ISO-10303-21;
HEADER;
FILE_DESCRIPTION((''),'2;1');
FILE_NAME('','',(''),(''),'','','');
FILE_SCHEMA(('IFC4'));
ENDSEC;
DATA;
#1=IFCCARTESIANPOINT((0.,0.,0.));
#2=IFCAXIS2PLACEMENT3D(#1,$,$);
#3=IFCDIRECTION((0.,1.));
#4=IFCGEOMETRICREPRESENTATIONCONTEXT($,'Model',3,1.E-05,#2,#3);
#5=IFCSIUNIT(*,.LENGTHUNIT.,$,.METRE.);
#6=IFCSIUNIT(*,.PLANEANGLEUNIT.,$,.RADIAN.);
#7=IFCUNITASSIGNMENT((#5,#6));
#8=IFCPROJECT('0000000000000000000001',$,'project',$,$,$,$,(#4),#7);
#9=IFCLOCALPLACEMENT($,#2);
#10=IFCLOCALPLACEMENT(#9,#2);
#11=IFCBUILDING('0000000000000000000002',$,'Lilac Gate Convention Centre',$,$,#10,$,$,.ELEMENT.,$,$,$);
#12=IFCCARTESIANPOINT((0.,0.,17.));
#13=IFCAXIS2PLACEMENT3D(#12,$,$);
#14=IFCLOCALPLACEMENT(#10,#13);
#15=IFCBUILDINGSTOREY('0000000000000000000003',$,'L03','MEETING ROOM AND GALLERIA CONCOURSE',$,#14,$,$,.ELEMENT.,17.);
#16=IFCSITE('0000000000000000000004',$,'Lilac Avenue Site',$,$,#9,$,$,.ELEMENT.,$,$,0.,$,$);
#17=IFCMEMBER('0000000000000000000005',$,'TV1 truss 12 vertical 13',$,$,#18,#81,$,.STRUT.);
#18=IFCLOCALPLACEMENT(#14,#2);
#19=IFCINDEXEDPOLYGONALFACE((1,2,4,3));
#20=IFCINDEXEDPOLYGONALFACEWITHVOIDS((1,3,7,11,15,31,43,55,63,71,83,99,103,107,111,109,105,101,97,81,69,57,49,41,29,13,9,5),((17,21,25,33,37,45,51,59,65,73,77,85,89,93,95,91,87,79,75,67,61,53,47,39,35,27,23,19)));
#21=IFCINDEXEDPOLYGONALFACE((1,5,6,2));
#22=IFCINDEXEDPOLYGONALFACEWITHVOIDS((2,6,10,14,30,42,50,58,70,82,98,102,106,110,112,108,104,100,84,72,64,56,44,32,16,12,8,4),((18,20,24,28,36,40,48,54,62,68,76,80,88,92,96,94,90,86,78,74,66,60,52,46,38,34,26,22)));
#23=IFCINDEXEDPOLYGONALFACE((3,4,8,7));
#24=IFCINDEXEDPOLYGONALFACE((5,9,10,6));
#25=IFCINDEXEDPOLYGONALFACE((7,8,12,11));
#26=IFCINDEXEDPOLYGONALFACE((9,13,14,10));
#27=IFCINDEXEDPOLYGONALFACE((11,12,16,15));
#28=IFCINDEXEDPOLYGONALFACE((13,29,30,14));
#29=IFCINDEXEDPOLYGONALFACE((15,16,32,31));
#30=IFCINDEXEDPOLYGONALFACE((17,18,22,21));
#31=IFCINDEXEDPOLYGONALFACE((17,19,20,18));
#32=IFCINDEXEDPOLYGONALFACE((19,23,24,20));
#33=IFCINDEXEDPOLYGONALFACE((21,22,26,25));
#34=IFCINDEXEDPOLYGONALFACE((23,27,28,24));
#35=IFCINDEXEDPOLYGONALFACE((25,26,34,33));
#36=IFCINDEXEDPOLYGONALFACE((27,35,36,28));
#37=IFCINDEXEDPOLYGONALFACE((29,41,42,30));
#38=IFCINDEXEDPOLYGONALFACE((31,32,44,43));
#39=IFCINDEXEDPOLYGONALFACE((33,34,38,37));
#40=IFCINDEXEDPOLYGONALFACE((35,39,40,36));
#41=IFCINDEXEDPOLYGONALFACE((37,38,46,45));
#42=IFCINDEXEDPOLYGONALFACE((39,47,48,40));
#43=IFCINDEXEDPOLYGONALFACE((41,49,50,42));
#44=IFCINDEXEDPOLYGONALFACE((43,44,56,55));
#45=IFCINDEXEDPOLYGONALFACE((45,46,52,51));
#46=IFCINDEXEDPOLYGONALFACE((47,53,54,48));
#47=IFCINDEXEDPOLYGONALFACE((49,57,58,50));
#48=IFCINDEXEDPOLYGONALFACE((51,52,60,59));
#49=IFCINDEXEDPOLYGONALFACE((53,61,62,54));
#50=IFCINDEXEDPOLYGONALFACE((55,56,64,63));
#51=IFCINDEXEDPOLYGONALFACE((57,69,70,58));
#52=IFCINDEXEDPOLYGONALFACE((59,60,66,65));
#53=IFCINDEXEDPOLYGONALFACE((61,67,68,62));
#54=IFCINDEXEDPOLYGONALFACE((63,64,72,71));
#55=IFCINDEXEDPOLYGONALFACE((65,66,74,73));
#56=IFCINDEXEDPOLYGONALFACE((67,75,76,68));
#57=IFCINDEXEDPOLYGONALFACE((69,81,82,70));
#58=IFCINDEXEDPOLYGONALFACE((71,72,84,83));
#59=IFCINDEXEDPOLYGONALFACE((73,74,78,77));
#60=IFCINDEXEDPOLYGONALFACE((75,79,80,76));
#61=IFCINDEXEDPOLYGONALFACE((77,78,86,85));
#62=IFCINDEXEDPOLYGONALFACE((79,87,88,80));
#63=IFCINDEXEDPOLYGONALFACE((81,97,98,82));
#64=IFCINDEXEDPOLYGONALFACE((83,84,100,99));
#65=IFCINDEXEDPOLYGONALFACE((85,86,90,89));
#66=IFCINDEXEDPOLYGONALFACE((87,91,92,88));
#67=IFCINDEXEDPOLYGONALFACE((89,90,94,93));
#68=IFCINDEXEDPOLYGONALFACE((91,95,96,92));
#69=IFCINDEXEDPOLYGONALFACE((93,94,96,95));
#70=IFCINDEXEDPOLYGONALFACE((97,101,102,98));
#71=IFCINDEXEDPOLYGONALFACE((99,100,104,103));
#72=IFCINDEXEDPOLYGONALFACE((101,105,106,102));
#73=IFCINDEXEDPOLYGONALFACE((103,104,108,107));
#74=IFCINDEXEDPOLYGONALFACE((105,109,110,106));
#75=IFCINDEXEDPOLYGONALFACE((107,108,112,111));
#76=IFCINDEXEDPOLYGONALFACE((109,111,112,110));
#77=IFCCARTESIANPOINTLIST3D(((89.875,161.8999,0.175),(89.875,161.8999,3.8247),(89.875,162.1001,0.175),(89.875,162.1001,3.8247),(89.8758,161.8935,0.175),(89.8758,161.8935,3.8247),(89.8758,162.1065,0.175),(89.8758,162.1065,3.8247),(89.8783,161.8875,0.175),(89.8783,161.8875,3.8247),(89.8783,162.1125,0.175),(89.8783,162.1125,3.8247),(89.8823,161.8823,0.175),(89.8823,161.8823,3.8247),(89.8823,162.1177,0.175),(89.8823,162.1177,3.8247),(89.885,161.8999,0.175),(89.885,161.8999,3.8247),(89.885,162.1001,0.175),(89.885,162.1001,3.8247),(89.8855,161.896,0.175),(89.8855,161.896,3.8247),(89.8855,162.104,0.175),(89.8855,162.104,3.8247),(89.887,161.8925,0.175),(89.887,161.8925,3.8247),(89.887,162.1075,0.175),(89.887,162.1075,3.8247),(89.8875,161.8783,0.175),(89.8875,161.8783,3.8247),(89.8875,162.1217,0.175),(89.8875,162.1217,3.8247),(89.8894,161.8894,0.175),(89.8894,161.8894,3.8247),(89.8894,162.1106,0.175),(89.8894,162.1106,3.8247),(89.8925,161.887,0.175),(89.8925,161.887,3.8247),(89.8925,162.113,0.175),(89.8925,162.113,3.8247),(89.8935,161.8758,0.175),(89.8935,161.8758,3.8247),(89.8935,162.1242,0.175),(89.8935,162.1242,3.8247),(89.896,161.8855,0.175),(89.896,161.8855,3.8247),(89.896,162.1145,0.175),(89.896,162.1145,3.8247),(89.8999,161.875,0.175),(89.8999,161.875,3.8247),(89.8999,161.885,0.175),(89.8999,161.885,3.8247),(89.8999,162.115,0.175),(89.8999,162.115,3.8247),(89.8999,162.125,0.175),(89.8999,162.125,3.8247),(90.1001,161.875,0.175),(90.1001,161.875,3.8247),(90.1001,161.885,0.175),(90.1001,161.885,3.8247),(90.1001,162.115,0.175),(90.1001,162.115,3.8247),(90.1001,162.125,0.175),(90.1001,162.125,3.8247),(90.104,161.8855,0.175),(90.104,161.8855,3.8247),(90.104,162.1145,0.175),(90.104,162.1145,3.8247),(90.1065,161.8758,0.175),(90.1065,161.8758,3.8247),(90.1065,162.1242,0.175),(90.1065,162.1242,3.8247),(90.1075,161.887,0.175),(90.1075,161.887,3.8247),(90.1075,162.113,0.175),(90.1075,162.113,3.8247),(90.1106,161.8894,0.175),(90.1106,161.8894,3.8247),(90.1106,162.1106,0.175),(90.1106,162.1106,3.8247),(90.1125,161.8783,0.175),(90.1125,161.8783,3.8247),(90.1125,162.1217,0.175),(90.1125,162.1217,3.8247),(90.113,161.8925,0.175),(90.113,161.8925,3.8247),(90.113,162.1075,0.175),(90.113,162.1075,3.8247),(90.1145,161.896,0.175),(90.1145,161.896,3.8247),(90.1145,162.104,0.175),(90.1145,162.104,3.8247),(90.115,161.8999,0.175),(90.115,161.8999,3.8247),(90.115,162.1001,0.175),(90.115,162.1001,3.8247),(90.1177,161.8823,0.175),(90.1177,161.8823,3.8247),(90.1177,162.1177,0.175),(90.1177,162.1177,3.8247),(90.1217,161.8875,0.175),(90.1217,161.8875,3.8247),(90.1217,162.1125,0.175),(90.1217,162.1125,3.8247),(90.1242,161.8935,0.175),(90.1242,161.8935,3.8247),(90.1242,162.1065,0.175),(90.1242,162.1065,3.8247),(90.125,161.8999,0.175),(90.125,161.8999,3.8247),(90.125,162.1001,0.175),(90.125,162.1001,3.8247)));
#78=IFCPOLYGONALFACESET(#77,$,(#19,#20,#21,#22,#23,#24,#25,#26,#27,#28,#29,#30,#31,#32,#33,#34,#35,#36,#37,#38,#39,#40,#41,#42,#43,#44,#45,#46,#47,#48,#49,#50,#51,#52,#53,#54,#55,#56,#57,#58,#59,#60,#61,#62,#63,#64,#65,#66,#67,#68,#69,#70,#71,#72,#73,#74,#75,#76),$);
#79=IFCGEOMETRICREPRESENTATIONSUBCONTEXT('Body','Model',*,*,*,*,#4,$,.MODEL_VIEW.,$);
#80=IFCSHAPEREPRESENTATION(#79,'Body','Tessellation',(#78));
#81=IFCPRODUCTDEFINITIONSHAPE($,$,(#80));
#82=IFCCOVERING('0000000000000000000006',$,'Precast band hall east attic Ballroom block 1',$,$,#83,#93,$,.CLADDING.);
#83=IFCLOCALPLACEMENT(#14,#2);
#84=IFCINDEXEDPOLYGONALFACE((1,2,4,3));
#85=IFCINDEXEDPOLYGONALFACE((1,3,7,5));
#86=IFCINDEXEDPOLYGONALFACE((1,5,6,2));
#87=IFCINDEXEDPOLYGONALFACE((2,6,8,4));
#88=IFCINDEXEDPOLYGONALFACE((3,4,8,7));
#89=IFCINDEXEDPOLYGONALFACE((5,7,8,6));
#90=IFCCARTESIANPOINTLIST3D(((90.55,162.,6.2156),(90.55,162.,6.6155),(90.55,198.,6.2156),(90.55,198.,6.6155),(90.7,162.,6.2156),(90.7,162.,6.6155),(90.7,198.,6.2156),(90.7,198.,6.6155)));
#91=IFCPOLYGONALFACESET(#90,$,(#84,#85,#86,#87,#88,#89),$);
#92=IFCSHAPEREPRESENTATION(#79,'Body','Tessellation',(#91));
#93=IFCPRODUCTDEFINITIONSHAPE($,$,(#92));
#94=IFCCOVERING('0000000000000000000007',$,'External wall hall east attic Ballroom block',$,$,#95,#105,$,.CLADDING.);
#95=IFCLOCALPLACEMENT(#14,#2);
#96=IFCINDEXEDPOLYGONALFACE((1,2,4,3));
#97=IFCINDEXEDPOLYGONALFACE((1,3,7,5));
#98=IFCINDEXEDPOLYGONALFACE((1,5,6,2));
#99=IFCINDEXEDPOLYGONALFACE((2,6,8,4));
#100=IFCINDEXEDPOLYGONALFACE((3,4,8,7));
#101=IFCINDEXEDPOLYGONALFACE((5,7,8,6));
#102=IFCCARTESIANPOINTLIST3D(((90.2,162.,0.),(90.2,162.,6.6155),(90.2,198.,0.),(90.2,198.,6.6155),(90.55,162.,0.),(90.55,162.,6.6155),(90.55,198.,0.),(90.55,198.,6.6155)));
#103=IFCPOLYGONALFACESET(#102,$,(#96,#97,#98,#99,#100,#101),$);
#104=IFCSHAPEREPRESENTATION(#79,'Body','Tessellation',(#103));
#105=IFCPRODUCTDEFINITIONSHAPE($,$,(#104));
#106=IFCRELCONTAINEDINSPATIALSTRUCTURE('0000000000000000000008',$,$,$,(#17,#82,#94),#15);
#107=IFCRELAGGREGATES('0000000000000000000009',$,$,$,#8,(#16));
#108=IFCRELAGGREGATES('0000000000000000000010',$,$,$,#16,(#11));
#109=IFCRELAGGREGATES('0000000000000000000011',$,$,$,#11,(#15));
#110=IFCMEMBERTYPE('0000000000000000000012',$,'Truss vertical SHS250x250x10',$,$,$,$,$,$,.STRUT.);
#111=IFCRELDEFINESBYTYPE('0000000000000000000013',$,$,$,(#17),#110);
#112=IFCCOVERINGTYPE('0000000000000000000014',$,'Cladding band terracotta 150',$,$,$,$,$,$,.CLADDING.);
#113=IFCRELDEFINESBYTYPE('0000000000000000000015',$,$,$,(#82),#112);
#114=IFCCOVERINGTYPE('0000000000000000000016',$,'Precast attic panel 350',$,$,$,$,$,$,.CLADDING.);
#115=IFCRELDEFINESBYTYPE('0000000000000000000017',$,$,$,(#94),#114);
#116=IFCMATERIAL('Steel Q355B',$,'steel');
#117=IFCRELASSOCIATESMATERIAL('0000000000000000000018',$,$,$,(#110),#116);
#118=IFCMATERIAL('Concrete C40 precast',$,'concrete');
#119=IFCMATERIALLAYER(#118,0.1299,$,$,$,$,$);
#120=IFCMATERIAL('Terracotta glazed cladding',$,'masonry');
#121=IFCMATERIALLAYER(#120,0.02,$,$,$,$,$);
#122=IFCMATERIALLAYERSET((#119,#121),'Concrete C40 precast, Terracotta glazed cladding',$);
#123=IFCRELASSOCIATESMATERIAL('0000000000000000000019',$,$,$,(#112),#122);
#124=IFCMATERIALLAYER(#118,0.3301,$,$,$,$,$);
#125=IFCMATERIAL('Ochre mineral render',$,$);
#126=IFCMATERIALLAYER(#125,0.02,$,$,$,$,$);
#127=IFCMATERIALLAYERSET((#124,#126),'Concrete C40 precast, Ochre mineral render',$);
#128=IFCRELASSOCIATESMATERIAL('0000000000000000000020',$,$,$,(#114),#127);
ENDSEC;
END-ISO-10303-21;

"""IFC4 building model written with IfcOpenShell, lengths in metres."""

from ifc_helpers import new_model, si_unit, direction, frame, frame_2d, origin, origin_2d, place, context, subcontext, project, spatial, rectangle, hollow_rectangle, extrude, material, layer, layer_set, material_profile, profile_set, type_object, element, save


model = new_model("IFC4")

# Units and contexts
model_context = context("Model", 3, precision=1e-05, world=origin(), true_north=direction((0.0, 1.0)))
body_context = subcontext(model_context, "Body", "Model", "MODEL_VIEW")
ifc_project = project(units=[si_unit("LENGTHUNIT", "METRE"), si_unit("PLANEANGLEUNIT", "RADIAN")], contexts=[model_context])

# Site, building, storey
site_placement = place(None, origin())
site = spatial("IfcSite", under=ifc_project, at=site_placement, Name="Lilac Avenue Site", CompositionType="ELEMENT", RefElevation=0.0)
building_placement = place(site_placement, origin())
building = spatial("IfcBuilding", under=site, at=building_placement, Name="Lilac Gate Convention Centre", CompositionType="ELEMENT")
storey_placement = place(building_placement, frame((0.0, 0.0, 17.0)))
storey = spatial("IfcBuildingStorey", under=building, at=storey_placement, Name="L03", Description="MEETING ROOM AND GALLERIA CONCOURSE", CompositionType="ELEMENT", Elevation=17.0)

# Member
ifc_material_1 = material(Name="Steel Q355B", Category="steel")
ifc_material_profile_1 = material_profile(ifc_material_1, hollow_rectangle(XDim=0.25, YDim=0.25, WallThickness=0.01, InnerFilletRadius=0.0149, OuterFilletRadius=0.0249, at=origin_2d()), Name="SHS250x250x10")
ifc_profile_set_1 = profile_set([ifc_material_profile_1], Name="Steel Q355B")
member_type_1 = type_object("IfcMemberType", Name="Truss vertical SHS250x250x10", PredefinedType="STRUT", material=ifc_profile_set_1)
member_1_placement = place(storey_placement, frame((90.0, 162.0, 0.175), z_axis=(0.0, 0.0, 1.0), x_axis=(1.0, 0.0, 0.0)))
element("IfcMember", 1, at=member_1_placement, inside=storey, type_object=member_type_1, Name="TV1 truss 12 vertical 13", PredefinedType="STRUT", context=body_context, shape_type="SweptSolid", body=[
    extrude(hollow_rectangle(XDim=0.25, YDim=0.25, WallThickness=0.01, InnerFilletRadius=0.0149, OuterFilletRadius=0.0249, at=origin_2d()), origin(), (0.0, 0.0, 1.0), 3.6497),
])

# Coverings
ifc_material_2 = material(Name="Concrete C40 precast", Category="concrete")
ifc_layer_1 = layer(ifc_material_2, 0.1299)
ifc_material_3 = material(Name="Terracotta glazed cladding", Category="masonry")
ifc_layer_2 = layer(ifc_material_3, 0.02)
ifc_layer_set_1 = layer_set([ifc_layer_1, ifc_layer_2], Name="Concrete C40 precast, Terracotta glazed cladding")
covering_type_1 = type_object("IfcCoveringType", Name="Cladding band terracotta 150", PredefinedType="CLADDING", material=ifc_layer_set_1)
covering_1_placement = place(storey_placement, frame((90.625, 162.0, 6.2156), z_axis=(0.0, 0.0, 1.0), x_axis=(0.0, 1.0, 0.0)))
element("IfcCovering", 2, at=covering_1_placement, inside=storey, type_object=covering_type_1, Name="Precast band hall east attic Ballroom block 1", PredefinedType="CLADDING", context=body_context, shape_type="SweptSolid", body=[
    extrude(rectangle(XDim=36.0, YDim=0.1499, at=frame_2d((18.0, 0.0))), origin(), (0.0, 0.0, 1.0), 0.3999),
])
ifc_layer_3 = layer(ifc_material_2, 0.3301)
ifc_material_4 = material(Name="Ochre mineral render")
ifc_layer_4 = layer(ifc_material_4, 0.02)
ifc_layer_set_2 = layer_set([ifc_layer_3, ifc_layer_4], Name="Concrete C40 precast, Ochre mineral render")
covering_type_2 = type_object("IfcCoveringType", Name="Precast attic panel 350", PredefinedType="CLADDING", material=ifc_layer_set_2)
covering_2_placement = place(storey_placement, frame((90.375, 162.0, 0.0), z_axis=(0.0, 0.0, 1.0), x_axis=(0.0, 1.0, 0.0)))
element("IfcCovering", 3, at=covering_2_placement, inside=storey, type_object=covering_type_2, Name="External wall hall east attic Ballroom block", PredefinedType="CLADDING", context=body_context, shape_type="SweptSolid", body=[
    extrude(rectangle(XDim=36.0, YDim=0.3501, at=frame_2d((18.0, 0.0))), origin(), (0.0, 0.0, 1.0), 6.6155),
])

save(model, "model.ifc")
